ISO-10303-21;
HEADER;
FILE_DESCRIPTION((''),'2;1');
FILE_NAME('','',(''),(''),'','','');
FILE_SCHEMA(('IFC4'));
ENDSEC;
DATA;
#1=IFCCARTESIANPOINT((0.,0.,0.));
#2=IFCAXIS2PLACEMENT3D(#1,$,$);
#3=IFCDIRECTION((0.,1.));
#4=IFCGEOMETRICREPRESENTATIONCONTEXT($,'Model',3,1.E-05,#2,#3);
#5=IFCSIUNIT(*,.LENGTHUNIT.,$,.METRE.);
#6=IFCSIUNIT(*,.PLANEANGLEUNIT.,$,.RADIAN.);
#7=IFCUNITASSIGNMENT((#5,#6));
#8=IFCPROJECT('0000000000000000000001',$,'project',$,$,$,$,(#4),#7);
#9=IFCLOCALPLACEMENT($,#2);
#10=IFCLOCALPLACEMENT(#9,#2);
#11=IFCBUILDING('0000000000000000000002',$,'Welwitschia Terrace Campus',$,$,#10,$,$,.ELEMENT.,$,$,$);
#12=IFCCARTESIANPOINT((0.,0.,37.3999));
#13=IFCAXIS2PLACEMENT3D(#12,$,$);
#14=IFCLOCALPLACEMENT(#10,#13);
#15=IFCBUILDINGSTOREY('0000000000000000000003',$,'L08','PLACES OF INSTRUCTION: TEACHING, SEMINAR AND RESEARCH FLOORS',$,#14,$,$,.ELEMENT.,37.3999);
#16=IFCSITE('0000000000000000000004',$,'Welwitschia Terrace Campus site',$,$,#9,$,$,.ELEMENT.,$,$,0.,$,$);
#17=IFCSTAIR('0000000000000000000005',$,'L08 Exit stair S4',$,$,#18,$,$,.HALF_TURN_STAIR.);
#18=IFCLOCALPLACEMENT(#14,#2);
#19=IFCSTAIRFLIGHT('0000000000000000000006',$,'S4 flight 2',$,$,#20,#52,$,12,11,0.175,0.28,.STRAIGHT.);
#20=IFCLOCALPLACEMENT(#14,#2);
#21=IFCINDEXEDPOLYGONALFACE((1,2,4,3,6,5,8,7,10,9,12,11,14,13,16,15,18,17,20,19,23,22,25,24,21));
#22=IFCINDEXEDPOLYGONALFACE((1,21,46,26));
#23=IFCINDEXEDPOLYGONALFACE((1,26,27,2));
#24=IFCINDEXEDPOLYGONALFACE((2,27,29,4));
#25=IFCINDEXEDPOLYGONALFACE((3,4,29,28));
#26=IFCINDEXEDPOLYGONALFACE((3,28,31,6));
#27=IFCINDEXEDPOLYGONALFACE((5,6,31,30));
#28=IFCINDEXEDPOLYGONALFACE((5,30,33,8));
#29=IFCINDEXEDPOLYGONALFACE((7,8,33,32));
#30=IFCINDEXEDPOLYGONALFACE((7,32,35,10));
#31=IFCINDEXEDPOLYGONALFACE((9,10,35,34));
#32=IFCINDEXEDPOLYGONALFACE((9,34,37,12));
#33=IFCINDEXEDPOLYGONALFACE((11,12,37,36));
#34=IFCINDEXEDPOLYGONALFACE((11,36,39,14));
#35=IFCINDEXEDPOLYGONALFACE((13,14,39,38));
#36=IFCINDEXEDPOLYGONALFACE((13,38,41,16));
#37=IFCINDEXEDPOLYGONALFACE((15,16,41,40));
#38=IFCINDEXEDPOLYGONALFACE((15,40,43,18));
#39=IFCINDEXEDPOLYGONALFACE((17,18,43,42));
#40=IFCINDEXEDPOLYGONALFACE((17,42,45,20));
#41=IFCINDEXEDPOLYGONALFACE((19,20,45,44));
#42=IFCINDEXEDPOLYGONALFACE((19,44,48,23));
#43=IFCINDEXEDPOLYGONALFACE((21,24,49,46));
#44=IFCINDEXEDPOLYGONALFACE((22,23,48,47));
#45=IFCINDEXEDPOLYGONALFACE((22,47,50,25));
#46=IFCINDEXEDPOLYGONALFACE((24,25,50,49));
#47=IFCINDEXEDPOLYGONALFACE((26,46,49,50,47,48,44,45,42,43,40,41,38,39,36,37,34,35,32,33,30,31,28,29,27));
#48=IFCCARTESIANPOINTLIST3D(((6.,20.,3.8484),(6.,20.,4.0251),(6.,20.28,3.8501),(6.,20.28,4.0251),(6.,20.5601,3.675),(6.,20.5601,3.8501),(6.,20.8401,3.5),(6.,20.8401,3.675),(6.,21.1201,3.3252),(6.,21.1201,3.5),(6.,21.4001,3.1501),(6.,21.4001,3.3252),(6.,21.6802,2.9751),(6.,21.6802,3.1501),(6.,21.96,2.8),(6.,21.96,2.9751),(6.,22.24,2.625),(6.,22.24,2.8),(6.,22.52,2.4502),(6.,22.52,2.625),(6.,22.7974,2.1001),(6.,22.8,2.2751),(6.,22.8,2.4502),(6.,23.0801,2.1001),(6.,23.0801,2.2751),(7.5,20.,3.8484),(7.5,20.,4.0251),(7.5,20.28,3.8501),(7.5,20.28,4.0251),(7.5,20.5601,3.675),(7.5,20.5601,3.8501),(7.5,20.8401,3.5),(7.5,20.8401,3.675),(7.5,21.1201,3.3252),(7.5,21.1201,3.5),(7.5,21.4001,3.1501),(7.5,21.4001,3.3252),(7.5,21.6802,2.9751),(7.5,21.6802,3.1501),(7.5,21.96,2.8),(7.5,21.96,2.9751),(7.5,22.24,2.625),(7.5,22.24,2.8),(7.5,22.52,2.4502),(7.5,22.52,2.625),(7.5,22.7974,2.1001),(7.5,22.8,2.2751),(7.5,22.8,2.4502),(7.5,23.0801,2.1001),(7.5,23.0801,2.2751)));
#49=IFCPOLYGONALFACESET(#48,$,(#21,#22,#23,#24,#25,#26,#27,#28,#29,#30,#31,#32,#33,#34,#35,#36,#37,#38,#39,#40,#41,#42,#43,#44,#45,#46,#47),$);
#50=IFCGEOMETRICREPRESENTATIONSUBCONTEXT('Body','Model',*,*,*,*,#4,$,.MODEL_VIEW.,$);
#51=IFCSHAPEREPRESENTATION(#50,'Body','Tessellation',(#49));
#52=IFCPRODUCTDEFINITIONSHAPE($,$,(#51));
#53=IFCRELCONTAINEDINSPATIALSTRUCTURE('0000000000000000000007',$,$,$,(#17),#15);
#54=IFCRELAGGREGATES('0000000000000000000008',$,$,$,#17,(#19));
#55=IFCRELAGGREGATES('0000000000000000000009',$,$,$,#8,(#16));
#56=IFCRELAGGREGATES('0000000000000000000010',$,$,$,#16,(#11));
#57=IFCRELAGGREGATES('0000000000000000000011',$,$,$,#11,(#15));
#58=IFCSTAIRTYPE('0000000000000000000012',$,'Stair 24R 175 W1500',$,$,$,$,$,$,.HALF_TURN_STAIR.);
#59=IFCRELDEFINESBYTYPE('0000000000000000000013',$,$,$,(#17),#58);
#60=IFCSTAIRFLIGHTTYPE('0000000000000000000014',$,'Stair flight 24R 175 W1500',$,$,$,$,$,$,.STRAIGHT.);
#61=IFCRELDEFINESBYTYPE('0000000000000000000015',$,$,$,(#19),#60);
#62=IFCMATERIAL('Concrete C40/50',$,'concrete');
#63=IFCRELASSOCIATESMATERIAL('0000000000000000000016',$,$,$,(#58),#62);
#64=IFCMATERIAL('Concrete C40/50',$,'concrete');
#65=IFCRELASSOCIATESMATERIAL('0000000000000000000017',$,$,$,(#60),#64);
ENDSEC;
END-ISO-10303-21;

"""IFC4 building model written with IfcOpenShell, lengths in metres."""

from ifc_helpers import new_model, si_unit, direction, frame, origin, place, context, subcontext, project, spatial, polyline, outline, extrude, material, type_object, element, aggregate, save


model = new_model("IFC4")

# Units and contexts
model_context = context("Model", 3, precision=1e-05, world=origin(), true_north=direction((0.0, 1.0)))
body_context = subcontext(model_context, "Body", "Model", "MODEL_VIEW")
ifc_project = project(units=[si_unit("LENGTHUNIT", "METRE"), si_unit("PLANEANGLEUNIT", "RADIAN")], contexts=[model_context])

# Site, building, storey
site_placement = place(None, origin())
site = spatial("IfcSite", under=ifc_project, at=site_placement, Name="Welwitschia Terrace Campus site", CompositionType="ELEMENT", RefElevation=0.0)
building_placement = place(site_placement, origin())
building = spatial("IfcBuilding", under=site, at=building_placement, Name="Welwitschia Terrace Campus", CompositionType="ELEMENT")
storey_placement = place(building_placement, frame((0.0, 0.0, 37.3999)))
storey = spatial("IfcBuildingStorey", under=building, at=storey_placement, Name="L08", Description="PLACES OF INSTRUCTION: TEACHING, SEMINAR AND RESEARCH FLOORS", CompositionType="ELEMENT", Elevation=37.3999)

# Stair, stair flight
ifc_material_1 = material(Name="Concrete C40/50", Category="concrete")
stair_type = type_object("IfcStairType", Name="Stair 24R 175 W1500", PredefinedType="HALF_TURN_STAIR", material=ifc_material_1)
stair_placement = place(storey_placement, origin())
stair = element("IfcStair", 1, at=stair_placement, inside=storey, type_object=stair_type, Name="L08 Exit stair S4", PredefinedType="HALF_TURN_STAIR")
ifc_material_2 = material(Name="Concrete C40/50", Category="concrete")
stair_flight_type = type_object("IfcStairFlightType", Name="Stair flight 24R 175 W1500", PredefinedType="STRAIGHT", material=ifc_material_2)
stair_flight_placement = place(storey_placement, frame((6.75, 23.0801, 2.1001), z_axis=(0.0, 0.0, 1.0), x_axis=(0.0, -1.0, 0.0)))
stair_flight = element("IfcStairFlight", 2, at=stair_flight_placement, type_object=stair_flight_type, Name="S4 flight 2", NumberOfRisers=12, NumberOfTreads=11, PredefinedType="STRAIGHT", RiserHeight=0.175, TreadLength=0.28, context=body_context, shape_type="SweptSolid", body=[
    extrude(outline(polyline([(0.0, 0.0), (0.0, 0.175), (0.28, 0.175), (0.28, 0.3501), (0.5601, 0.3501), (0.5601, 0.5249), (0.8401, 0.5249), (0.8401, 0.7), (1.1201, 0.7), (1.1201, 0.875), (1.3999, 0.875), (1.3999, 1.05), (1.6799, 1.05), (1.6799, 1.2251), (1.96, 1.2251), (1.96, 1.3999), (2.24, 1.3999), (2.24, 1.575), (2.52, 1.575), (2.52, 1.75), (2.8, 1.75), (2.8, 1.925), (3.0801, 1.925), (3.0801, 2.1001), (3.0801, 1.7483), (0.2827, 0.0), (0.0, 0.0)])), frame((0.0, 0.75, 0.0), z_axis=(0.0, -1.0, 0.0), x_axis=(1.0, 0.0, 0.0)), (0.0, 0.0, 1.0), 1.5),
])
aggregate(stair, [stair_flight])

save(model, "model.ifc")
